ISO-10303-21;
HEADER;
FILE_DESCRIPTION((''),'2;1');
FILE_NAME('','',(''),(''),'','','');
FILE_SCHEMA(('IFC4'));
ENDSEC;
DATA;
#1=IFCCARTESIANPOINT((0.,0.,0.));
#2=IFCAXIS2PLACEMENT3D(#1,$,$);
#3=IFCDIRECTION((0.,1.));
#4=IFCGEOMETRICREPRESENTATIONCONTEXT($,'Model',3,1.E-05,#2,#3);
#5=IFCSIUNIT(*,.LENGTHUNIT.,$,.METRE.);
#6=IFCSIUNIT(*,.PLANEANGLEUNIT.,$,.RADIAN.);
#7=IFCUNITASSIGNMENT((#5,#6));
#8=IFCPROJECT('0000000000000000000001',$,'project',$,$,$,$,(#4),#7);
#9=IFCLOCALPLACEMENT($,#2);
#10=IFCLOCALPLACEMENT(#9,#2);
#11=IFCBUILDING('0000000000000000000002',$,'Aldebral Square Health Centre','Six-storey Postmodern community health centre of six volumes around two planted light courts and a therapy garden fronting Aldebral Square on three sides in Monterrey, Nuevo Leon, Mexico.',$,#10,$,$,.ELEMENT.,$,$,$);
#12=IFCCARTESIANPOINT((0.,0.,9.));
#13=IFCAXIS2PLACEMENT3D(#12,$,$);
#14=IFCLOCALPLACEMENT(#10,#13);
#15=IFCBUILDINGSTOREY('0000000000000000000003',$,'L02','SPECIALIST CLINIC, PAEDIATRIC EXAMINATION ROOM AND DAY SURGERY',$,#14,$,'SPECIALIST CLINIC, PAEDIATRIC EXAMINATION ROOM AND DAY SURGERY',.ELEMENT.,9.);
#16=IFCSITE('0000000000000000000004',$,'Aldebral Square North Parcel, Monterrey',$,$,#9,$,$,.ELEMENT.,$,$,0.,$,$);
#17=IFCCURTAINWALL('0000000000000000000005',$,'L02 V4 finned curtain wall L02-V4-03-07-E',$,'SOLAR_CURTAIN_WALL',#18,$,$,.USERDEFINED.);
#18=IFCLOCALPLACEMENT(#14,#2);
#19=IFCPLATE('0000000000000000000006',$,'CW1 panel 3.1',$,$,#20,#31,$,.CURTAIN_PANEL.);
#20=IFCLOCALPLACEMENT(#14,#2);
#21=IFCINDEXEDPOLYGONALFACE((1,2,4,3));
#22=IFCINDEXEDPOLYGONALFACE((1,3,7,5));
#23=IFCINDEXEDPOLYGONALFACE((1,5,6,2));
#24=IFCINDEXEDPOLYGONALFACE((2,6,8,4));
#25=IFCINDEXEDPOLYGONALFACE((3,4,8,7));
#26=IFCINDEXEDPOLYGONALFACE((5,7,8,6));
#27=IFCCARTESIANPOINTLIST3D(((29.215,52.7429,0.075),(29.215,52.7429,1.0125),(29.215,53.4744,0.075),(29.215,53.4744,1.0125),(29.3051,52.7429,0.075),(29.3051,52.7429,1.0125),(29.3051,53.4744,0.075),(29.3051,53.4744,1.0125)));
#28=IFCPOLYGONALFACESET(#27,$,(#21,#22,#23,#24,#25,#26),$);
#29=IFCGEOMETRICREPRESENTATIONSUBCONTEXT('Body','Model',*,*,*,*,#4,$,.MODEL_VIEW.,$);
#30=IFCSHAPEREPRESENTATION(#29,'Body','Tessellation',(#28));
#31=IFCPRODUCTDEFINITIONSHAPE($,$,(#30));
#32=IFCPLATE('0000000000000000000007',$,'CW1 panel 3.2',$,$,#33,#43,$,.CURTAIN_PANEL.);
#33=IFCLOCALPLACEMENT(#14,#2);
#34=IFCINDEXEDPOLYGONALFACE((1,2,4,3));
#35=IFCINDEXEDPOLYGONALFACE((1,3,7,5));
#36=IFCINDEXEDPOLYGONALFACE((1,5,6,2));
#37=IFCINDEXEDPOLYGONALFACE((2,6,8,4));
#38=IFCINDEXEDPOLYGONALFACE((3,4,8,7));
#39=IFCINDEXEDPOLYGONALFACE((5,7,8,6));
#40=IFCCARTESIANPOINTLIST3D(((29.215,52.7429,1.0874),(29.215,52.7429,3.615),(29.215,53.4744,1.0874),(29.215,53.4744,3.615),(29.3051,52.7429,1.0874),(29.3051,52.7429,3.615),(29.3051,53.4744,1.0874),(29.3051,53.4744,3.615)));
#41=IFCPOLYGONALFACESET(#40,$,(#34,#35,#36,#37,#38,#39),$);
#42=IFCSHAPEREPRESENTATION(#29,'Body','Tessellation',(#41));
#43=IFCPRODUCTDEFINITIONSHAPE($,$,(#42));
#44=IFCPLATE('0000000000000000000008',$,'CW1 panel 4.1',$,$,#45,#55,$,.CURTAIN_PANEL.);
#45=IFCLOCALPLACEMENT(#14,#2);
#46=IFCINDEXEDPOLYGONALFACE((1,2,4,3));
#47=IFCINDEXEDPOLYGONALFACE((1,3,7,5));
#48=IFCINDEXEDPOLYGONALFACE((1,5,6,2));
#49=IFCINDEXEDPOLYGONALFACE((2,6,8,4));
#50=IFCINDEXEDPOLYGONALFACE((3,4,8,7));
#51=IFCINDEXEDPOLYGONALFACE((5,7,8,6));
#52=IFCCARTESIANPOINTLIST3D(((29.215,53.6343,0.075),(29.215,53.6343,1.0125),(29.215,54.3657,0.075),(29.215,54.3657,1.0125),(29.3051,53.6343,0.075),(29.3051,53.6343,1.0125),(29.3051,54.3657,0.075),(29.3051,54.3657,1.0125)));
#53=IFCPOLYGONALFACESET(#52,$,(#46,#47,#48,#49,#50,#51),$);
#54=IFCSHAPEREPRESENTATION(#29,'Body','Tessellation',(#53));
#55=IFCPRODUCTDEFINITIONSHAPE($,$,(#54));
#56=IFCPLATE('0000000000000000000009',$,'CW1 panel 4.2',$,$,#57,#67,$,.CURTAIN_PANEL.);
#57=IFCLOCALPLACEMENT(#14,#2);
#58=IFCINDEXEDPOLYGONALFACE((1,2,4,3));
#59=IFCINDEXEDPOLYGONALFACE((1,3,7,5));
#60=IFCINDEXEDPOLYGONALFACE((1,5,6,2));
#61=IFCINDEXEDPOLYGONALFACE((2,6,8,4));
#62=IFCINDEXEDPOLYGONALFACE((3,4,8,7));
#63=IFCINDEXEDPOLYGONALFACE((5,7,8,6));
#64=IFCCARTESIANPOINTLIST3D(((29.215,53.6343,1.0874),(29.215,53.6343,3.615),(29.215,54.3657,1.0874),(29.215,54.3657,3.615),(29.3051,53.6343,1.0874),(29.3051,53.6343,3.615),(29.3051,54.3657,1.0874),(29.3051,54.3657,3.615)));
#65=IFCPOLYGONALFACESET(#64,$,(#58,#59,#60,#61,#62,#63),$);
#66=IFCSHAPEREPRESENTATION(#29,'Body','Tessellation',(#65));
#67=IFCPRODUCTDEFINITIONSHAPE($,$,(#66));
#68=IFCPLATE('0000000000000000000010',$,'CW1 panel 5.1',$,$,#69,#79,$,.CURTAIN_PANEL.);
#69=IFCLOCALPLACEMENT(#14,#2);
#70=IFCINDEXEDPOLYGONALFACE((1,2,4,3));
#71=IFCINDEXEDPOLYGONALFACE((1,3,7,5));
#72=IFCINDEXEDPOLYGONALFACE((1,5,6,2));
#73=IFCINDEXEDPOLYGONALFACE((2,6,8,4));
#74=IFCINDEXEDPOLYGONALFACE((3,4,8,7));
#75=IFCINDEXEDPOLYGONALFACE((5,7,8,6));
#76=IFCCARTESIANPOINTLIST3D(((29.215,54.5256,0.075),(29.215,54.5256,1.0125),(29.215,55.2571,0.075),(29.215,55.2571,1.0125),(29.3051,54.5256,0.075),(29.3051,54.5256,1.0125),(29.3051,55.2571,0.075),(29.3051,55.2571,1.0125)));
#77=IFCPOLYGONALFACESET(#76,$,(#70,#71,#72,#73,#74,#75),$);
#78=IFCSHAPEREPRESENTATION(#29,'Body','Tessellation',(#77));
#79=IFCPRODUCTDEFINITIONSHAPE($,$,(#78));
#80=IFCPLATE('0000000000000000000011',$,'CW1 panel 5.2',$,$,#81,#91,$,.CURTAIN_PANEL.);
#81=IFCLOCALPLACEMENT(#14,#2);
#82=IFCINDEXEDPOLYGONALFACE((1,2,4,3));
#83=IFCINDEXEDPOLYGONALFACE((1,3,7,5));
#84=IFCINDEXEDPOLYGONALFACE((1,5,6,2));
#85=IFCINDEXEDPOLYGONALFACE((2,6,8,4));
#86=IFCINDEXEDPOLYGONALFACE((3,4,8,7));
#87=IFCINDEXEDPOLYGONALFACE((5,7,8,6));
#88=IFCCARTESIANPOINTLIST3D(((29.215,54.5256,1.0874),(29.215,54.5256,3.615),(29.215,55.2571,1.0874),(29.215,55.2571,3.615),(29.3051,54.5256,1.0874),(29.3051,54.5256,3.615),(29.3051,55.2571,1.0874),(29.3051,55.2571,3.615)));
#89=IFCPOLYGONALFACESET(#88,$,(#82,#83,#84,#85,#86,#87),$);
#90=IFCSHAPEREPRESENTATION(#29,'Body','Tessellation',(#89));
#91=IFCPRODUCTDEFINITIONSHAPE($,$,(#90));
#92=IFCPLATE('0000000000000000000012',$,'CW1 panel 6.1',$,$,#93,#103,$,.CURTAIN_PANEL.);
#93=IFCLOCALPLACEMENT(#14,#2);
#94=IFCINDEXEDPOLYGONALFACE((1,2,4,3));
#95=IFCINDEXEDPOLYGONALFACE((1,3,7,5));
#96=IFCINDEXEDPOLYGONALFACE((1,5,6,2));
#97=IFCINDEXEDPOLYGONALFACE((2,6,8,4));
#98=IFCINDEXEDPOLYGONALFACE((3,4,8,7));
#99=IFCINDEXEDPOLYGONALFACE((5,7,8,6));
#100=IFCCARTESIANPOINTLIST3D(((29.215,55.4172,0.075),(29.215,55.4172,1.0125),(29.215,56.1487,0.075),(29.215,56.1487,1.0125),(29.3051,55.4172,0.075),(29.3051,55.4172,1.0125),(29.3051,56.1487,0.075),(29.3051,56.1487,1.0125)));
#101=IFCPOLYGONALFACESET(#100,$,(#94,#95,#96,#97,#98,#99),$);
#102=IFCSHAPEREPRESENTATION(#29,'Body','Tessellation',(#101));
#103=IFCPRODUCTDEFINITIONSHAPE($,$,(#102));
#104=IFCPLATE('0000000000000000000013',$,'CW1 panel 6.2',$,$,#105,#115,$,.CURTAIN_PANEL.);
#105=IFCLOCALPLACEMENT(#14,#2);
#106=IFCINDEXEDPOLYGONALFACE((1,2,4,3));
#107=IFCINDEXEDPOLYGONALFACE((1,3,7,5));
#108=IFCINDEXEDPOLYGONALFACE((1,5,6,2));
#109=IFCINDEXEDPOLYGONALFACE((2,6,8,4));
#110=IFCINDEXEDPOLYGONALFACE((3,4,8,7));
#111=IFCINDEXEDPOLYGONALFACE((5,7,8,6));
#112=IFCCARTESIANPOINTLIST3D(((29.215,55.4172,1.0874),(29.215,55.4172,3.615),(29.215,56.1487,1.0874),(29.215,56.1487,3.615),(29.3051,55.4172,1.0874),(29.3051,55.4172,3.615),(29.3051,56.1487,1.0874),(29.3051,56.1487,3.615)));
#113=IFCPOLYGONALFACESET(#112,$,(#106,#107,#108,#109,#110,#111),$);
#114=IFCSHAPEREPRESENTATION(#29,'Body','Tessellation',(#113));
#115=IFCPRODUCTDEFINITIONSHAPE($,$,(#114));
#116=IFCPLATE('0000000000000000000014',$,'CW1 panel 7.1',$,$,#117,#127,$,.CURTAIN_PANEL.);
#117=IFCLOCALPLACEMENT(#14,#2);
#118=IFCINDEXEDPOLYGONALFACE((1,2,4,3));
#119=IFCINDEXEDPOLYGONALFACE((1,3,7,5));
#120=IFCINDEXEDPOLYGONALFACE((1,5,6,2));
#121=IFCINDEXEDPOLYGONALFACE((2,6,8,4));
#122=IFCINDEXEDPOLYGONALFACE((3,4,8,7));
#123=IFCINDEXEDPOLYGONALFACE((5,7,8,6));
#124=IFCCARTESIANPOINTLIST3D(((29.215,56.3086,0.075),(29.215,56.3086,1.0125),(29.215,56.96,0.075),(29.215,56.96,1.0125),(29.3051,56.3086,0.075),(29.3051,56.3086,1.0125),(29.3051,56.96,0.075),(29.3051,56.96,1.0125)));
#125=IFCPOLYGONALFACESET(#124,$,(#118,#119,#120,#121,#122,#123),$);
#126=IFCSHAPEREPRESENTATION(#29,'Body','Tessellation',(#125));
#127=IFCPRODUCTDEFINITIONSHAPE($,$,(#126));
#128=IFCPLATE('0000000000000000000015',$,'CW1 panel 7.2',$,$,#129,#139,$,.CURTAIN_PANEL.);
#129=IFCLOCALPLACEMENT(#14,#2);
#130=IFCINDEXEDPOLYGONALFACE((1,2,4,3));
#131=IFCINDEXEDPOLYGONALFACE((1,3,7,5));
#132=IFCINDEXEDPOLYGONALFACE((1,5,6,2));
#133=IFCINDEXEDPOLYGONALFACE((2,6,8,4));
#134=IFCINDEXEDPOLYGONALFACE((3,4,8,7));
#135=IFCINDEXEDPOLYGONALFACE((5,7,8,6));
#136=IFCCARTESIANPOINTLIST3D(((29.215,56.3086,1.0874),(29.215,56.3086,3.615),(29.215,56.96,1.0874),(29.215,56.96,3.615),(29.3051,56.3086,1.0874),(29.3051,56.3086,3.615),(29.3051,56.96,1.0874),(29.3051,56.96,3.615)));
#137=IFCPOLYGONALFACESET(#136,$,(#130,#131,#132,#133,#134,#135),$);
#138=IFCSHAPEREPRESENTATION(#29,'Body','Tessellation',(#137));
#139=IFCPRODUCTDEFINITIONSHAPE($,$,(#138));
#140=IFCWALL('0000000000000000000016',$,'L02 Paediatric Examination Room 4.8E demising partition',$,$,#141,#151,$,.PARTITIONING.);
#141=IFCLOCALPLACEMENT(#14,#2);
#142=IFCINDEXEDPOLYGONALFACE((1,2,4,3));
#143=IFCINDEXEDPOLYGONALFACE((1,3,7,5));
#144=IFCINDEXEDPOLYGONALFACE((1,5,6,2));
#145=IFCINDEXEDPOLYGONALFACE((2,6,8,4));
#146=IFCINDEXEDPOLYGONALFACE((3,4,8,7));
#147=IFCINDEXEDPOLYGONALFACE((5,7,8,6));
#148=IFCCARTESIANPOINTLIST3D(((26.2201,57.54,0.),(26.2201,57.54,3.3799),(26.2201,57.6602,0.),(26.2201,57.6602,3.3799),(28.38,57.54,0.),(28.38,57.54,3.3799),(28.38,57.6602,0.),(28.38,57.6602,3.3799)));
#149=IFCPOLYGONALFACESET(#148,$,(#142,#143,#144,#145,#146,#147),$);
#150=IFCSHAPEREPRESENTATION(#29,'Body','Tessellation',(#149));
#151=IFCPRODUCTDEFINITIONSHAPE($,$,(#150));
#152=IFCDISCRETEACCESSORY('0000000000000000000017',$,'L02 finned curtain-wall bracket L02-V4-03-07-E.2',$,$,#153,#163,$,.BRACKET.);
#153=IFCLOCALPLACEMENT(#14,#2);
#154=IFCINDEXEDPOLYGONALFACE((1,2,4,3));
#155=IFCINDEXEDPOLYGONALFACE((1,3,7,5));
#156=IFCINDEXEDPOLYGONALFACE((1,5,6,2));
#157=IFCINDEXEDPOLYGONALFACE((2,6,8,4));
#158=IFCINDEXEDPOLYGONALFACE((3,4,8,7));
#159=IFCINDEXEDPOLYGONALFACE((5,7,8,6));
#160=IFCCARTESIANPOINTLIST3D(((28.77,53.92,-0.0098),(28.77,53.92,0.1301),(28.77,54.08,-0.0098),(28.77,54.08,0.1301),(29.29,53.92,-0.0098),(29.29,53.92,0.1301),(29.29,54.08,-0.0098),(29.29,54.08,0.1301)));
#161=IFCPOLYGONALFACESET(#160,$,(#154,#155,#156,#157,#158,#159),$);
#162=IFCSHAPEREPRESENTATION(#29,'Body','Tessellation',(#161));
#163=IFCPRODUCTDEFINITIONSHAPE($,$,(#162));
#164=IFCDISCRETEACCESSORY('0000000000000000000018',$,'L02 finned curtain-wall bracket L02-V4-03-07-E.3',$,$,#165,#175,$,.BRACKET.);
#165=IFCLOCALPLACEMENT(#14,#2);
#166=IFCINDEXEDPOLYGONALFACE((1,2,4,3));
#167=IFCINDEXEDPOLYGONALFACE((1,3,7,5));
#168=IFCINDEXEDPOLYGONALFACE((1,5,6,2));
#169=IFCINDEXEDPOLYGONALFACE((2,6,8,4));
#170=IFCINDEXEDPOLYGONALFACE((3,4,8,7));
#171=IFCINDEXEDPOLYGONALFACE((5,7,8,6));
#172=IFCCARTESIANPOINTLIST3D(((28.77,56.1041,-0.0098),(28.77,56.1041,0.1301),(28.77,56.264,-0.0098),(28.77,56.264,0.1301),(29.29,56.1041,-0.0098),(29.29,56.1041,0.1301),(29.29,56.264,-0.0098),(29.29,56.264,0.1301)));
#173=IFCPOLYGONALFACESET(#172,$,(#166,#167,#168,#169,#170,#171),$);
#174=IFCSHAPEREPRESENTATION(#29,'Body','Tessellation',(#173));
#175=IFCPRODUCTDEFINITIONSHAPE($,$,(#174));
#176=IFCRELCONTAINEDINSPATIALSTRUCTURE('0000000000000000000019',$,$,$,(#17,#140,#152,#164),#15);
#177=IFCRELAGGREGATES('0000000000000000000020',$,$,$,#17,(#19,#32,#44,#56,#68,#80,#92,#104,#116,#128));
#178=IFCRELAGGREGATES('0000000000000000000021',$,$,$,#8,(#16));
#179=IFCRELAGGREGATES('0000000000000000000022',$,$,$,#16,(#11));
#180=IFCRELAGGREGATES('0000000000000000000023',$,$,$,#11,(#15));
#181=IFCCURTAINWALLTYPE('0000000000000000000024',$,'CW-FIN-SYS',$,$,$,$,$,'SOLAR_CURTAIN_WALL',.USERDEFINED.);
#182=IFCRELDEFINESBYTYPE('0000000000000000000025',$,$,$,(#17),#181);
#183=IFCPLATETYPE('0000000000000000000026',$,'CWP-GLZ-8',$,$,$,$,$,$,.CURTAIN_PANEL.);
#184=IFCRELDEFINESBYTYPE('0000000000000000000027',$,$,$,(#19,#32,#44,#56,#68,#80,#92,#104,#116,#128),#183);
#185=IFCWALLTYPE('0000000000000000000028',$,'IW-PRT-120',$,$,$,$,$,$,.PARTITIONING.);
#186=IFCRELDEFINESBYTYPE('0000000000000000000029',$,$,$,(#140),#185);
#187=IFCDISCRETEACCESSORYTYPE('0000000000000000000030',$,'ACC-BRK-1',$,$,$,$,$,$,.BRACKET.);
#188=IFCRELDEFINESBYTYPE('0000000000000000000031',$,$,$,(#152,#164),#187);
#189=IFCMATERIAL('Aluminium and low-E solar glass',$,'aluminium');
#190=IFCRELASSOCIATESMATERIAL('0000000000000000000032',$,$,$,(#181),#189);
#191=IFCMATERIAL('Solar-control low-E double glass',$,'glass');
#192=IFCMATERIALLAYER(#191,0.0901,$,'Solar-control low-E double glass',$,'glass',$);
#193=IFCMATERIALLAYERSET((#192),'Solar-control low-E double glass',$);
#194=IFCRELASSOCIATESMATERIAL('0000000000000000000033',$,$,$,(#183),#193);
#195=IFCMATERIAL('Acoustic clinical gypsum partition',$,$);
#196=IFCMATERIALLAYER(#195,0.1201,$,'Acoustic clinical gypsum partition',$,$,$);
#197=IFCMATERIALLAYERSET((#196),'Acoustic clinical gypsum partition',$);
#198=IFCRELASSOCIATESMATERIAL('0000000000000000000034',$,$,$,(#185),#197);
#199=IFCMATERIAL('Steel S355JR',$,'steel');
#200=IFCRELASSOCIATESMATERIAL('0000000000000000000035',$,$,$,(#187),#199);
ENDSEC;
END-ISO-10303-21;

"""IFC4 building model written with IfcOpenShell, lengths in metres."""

from ifc_helpers import new_model, si_unit, direction, frame, frame_2d, origin, origin_2d, place, context, subcontext, project, spatial, rectangle, extrude, material, layer, layer_set, type_object, element, aggregate, save


model = new_model("IFC4")

# Units and contexts
model_context = context("Model", 3, precision=1e-05, world=origin(), true_north=direction((0.0, 1.0)))
body_context = subcontext(model_context, "Body", "Model", "MODEL_VIEW")
ifc_project = project(units=[si_unit("LENGTHUNIT", "METRE"), si_unit("PLANEANGLEUNIT", "RADIAN")], contexts=[model_context])

# Site, building, storey
site_placement = place(None, origin())
site = spatial("IfcSite", under=ifc_project, at=site_placement, Name="Aldebral Square North Parcel, Monterrey", CompositionType="ELEMENT", RefElevation=0.0)
building_placement = place(site_placement, origin())
building = spatial("IfcBuilding", under=site, at=building_placement, Name="Aldebral Square Health Centre", Description="Six-storey Postmodern community health centre of six volumes around two planted light courts and a therapy garden fronting Aldebral Square on three sides in Monterrey, Nuevo Leon, Mexico.", CompositionType="ELEMENT")
storey_placement = place(building_placement, frame((0.0, 0.0, 9.0)))
storey = spatial("IfcBuildingStorey", under=building, at=storey_placement, Name="L02", Description="SPECIALIST CLINIC, PAEDIATRIC EXAMINATION ROOM AND DAY SURGERY", LongName="SPECIALIST CLINIC, PAEDIATRIC EXAMINATION ROOM AND DAY SURGERY", CompositionType="ELEMENT", Elevation=9.0)

# Curtain wall, plates
ifc_material_1 = material(Name="Aluminium and low-E solar glass", Category="aluminium")
curtain_wall_type = type_object("IfcCurtainWallType", Name="CW-FIN-SYS", ElementType="SOLAR_CURTAIN_WALL", PredefinedType="USERDEFINED", material=ifc_material_1)
curtain_wall_placement = place(storey_placement, origin())
curtain_wall = element("IfcCurtainWall", 1, at=curtain_wall_placement, inside=storey, type_object=curtain_wall_type, Name="L02 V4 finned curtain wall L02-V4-03-07-E", ObjectType="SOLAR_CURTAIN_WALL", PredefinedType="USERDEFINED")
ifc_material_2 = material(Name="Solar-control low-E double glass", Category="glass")
ifc_layer_1 = layer(ifc_material_2, 0.0901, Name="Solar-control low-E double glass", Category="glass")
ifc_layer_set_1 = layer_set([ifc_layer_1], Name="Solar-control low-E double glass")
plate_type = type_object("IfcPlateType", Name="CWP-GLZ-8", PredefinedType="CURTAIN_PANEL", material=ifc_layer_set_1)
plate_1_placement = place(storey_placement, frame((29.26, 53.1086, 0.075), z_axis=(0.0, 0.0, 1.0), x_axis=(0.0, 1.0, 0.0)))
plate_1 = element("IfcPlate", 2, at=plate_1_placement, type_object=plate_type, Name="CW1 panel 3.1", PredefinedType="CURTAIN_PANEL", context=body_context, shape_type="SweptSolid", body=[
    extrude(rectangle(XDim=0.7314, YDim=0.0901, at=origin_2d()), origin(), (0.0, 0.0, 1.0), 0.9375),
])
plate_2_placement = place(storey_placement, frame((29.26, 53.1086, 1.0874), z_axis=(0.0, 0.0, 1.0), x_axis=(0.0, 1.0, 0.0)))
plate_2 = element("IfcPlate", 3, at=plate_2_placement, type_object=plate_type, Name="CW1 panel 3.2", PredefinedType="CURTAIN_PANEL", context=body_context, shape_type="SweptSolid", body=[
    extrude(rectangle(XDim=0.7314, YDim=0.0901, at=origin_2d()), origin(), (0.0, 0.0, 1.0), 2.5276),
])
plate_3_placement = place(storey_placement, frame((29.26, 54.0, 0.075), z_axis=(0.0, 0.0, 1.0), x_axis=(0.0, 1.0, 0.0)))
plate_3 = element("IfcPlate", 4, at=plate_3_placement, type_object=plate_type, Name="CW1 panel 4.1", PredefinedType="CURTAIN_PANEL", context=body_context, shape_type="SweptSolid", body=[
    extrude(rectangle(XDim=0.7314, YDim=0.0901, at=origin_2d()), origin(), (0.0, 0.0, 1.0), 0.9375),
])
plate_4_placement = place(storey_placement, frame((29.26, 54.0, 1.0874), z_axis=(0.0, 0.0, 1.0), x_axis=(0.0, 1.0, 0.0)))
plate_4 = element("IfcPlate", 5, at=plate_4_placement, type_object=plate_type, Name="CW1 panel 4.2", PredefinedType="CURTAIN_PANEL", context=body_context, shape_type="SweptSolid", body=[
    extrude(rectangle(XDim=0.7314, YDim=0.0901, at=origin_2d()), origin(), (0.0, 0.0, 1.0), 2.5276),
])
plate_5_placement = place(storey_placement, frame((29.26, 54.8914, 0.075), z_axis=(0.0, 0.0, 1.0), x_axis=(0.0, 1.0, 0.0)))
plate_5 = element("IfcPlate", 6, at=plate_5_placement, type_object=plate_type, Name="CW1 panel 5.1", PredefinedType="CURTAIN_PANEL", context=body_context, shape_type="SweptSolid", body=[
    extrude(rectangle(XDim=0.7314, YDim=0.0901, at=origin_2d()), origin(), (0.0, 0.0, 1.0), 0.9375),
])
plate_6_placement = place(storey_placement, frame((29.26, 54.8914, 1.0874), z_axis=(0.0, 0.0, 1.0), x_axis=(0.0, 1.0, 0.0)))
plate_6 = element("IfcPlate", 7, at=plate_6_placement, type_object=plate_type, Name="CW1 panel 5.2", PredefinedType="CURTAIN_PANEL", context=body_context, shape_type="SweptSolid", body=[
    extrude(rectangle(XDim=0.7314, YDim=0.0901, at=origin_2d()), origin(), (0.0, 0.0, 1.0), 2.5276),
])
plate_7_placement = place(storey_placement, frame((29.26, 55.783, 0.075), z_axis=(0.0, 0.0, 1.0), x_axis=(0.0, 1.0, 0.0)))
plate_7 = element("IfcPlate", 8, at=plate_7_placement, type_object=plate_type, Name="CW1 panel 6.1", PredefinedType="CURTAIN_PANEL", context=body_context, shape_type="SweptSolid", body=[
    extrude(rectangle(XDim=0.7314, YDim=0.0901, at=origin_2d()), origin(), (0.0, 0.0, 1.0), 0.9375),
])
plate_8_placement = place(storey_placement, frame((29.26, 55.783, 1.0874), z_axis=(0.0, 0.0, 1.0), x_axis=(0.0, 1.0, 0.0)))
plate_8 = element("IfcPlate", 9, at=plate_8_placement, type_object=plate_type, Name="CW1 panel 6.2", PredefinedType="CURTAIN_PANEL", context=body_context, shape_type="SweptSolid", body=[
    extrude(rectangle(XDim=0.7314, YDim=0.0901, at=origin_2d()), origin(), (0.0, 0.0, 1.0), 2.5276),
])
plate_9_placement = place(storey_placement, frame((29.26, 56.6343, 0.075), z_axis=(0.0, 0.0, 1.0), x_axis=(0.0, 1.0, 0.0)))
plate_9 = element("IfcPlate", 10, at=plate_9_placement, type_object=plate_type, Name="CW1 panel 7.1", PredefinedType="CURTAIN_PANEL", context=body_context, shape_type="SweptSolid", body=[
    extrude(rectangle(XDim=0.6514, YDim=0.0901, at=origin_2d()), origin(), (0.0, 0.0, 1.0), 0.9375),
])
plate_10_placement = place(storey_placement, frame((29.26, 56.6343, 1.0874), z_axis=(0.0, 0.0, 1.0), x_axis=(0.0, 1.0, 0.0)))
plate_10 = element("IfcPlate", 11, at=plate_10_placement, type_object=plate_type, Name="CW1 panel 7.2", PredefinedType="CURTAIN_PANEL", context=body_context, shape_type="SweptSolid", body=[
    extrude(rectangle(XDim=0.6514, YDim=0.0901, at=origin_2d()), origin(), (0.0, 0.0, 1.0), 2.5276),
])
aggregate(curtain_wall, [plate_1, plate_2, plate_3, plate_4, plate_5, plate_6, plate_7, plate_8, plate_9, plate_10])

# Wall
ifc_material_3 = material(Name="Acoustic clinical gypsum partition")
ifc_layer_2 = layer(ifc_material_3, 0.1201, Name="Acoustic clinical gypsum partition")
ifc_layer_set_2 = layer_set([ifc_layer_2], Name="Acoustic clinical gypsum partition")
wall_type = type_object("IfcWallType", Name="IW-PRT-120", PredefinedType="PARTITIONING", material=ifc_layer_set_2)
wall_placement = place(storey_placement, frame((26.22, 57.6001, 0.0), z_axis=(0.0, 0.0, 1.0), x_axis=(1.0, 0.0, 0.0)))
element("IfcWall", 12, at=wall_placement, inside=storey, type_object=wall_type, Name="L02 Paediatric Examination Room 4.8E demising partition", PredefinedType="PARTITIONING", context=body_context, shape_type="SweptSolid", body=[
    extrude(rectangle(XDim=2.1599, YDim=0.1201, at=frame_2d((1.0801, 0.0))), origin(), (0.0, 0.0, 1.0), 3.3799),
])

# Discrete accessories
ifc_material_4 = material(Name="Steel S355JR", Category="steel")
discrete_accessory_type = type_object("IfcDiscreteAccessoryType", Name="ACC-BRK-1", PredefinedType="BRACKET", material=ifc_material_4)
for number, where, z_axis, x_axis, name in (
    (13, (29.03, 54.0, -0.0098), (0.0, 0.0, 1.0), (0.0, 1.0, 0.0), "L02 finned curtain-wall bracket L02-V4-03-07-E.2"),
    (14, (29.03, 56.1841, -0.0098), (0.0, 0.0, 1.0), (0.0, 1.0, 0.0), "L02 finned curtain-wall bracket L02-V4-03-07-E.3"),
):
    element("IfcDiscreteAccessory", number, at=place(storey_placement, frame(where, z_axis=z_axis, x_axis=x_axis)), inside=storey, type_object=discrete_accessory_type, Name=name, PredefinedType="BRACKET", context=body_context, shape_type="SweptSolid", body=[
        extrude(rectangle(XDim=0.1599, YDim=0.52, at=origin_2d()), origin(), (0.0, 0.0, 1.0), 0.1399),
    ])

save(model, "model.ifc")
